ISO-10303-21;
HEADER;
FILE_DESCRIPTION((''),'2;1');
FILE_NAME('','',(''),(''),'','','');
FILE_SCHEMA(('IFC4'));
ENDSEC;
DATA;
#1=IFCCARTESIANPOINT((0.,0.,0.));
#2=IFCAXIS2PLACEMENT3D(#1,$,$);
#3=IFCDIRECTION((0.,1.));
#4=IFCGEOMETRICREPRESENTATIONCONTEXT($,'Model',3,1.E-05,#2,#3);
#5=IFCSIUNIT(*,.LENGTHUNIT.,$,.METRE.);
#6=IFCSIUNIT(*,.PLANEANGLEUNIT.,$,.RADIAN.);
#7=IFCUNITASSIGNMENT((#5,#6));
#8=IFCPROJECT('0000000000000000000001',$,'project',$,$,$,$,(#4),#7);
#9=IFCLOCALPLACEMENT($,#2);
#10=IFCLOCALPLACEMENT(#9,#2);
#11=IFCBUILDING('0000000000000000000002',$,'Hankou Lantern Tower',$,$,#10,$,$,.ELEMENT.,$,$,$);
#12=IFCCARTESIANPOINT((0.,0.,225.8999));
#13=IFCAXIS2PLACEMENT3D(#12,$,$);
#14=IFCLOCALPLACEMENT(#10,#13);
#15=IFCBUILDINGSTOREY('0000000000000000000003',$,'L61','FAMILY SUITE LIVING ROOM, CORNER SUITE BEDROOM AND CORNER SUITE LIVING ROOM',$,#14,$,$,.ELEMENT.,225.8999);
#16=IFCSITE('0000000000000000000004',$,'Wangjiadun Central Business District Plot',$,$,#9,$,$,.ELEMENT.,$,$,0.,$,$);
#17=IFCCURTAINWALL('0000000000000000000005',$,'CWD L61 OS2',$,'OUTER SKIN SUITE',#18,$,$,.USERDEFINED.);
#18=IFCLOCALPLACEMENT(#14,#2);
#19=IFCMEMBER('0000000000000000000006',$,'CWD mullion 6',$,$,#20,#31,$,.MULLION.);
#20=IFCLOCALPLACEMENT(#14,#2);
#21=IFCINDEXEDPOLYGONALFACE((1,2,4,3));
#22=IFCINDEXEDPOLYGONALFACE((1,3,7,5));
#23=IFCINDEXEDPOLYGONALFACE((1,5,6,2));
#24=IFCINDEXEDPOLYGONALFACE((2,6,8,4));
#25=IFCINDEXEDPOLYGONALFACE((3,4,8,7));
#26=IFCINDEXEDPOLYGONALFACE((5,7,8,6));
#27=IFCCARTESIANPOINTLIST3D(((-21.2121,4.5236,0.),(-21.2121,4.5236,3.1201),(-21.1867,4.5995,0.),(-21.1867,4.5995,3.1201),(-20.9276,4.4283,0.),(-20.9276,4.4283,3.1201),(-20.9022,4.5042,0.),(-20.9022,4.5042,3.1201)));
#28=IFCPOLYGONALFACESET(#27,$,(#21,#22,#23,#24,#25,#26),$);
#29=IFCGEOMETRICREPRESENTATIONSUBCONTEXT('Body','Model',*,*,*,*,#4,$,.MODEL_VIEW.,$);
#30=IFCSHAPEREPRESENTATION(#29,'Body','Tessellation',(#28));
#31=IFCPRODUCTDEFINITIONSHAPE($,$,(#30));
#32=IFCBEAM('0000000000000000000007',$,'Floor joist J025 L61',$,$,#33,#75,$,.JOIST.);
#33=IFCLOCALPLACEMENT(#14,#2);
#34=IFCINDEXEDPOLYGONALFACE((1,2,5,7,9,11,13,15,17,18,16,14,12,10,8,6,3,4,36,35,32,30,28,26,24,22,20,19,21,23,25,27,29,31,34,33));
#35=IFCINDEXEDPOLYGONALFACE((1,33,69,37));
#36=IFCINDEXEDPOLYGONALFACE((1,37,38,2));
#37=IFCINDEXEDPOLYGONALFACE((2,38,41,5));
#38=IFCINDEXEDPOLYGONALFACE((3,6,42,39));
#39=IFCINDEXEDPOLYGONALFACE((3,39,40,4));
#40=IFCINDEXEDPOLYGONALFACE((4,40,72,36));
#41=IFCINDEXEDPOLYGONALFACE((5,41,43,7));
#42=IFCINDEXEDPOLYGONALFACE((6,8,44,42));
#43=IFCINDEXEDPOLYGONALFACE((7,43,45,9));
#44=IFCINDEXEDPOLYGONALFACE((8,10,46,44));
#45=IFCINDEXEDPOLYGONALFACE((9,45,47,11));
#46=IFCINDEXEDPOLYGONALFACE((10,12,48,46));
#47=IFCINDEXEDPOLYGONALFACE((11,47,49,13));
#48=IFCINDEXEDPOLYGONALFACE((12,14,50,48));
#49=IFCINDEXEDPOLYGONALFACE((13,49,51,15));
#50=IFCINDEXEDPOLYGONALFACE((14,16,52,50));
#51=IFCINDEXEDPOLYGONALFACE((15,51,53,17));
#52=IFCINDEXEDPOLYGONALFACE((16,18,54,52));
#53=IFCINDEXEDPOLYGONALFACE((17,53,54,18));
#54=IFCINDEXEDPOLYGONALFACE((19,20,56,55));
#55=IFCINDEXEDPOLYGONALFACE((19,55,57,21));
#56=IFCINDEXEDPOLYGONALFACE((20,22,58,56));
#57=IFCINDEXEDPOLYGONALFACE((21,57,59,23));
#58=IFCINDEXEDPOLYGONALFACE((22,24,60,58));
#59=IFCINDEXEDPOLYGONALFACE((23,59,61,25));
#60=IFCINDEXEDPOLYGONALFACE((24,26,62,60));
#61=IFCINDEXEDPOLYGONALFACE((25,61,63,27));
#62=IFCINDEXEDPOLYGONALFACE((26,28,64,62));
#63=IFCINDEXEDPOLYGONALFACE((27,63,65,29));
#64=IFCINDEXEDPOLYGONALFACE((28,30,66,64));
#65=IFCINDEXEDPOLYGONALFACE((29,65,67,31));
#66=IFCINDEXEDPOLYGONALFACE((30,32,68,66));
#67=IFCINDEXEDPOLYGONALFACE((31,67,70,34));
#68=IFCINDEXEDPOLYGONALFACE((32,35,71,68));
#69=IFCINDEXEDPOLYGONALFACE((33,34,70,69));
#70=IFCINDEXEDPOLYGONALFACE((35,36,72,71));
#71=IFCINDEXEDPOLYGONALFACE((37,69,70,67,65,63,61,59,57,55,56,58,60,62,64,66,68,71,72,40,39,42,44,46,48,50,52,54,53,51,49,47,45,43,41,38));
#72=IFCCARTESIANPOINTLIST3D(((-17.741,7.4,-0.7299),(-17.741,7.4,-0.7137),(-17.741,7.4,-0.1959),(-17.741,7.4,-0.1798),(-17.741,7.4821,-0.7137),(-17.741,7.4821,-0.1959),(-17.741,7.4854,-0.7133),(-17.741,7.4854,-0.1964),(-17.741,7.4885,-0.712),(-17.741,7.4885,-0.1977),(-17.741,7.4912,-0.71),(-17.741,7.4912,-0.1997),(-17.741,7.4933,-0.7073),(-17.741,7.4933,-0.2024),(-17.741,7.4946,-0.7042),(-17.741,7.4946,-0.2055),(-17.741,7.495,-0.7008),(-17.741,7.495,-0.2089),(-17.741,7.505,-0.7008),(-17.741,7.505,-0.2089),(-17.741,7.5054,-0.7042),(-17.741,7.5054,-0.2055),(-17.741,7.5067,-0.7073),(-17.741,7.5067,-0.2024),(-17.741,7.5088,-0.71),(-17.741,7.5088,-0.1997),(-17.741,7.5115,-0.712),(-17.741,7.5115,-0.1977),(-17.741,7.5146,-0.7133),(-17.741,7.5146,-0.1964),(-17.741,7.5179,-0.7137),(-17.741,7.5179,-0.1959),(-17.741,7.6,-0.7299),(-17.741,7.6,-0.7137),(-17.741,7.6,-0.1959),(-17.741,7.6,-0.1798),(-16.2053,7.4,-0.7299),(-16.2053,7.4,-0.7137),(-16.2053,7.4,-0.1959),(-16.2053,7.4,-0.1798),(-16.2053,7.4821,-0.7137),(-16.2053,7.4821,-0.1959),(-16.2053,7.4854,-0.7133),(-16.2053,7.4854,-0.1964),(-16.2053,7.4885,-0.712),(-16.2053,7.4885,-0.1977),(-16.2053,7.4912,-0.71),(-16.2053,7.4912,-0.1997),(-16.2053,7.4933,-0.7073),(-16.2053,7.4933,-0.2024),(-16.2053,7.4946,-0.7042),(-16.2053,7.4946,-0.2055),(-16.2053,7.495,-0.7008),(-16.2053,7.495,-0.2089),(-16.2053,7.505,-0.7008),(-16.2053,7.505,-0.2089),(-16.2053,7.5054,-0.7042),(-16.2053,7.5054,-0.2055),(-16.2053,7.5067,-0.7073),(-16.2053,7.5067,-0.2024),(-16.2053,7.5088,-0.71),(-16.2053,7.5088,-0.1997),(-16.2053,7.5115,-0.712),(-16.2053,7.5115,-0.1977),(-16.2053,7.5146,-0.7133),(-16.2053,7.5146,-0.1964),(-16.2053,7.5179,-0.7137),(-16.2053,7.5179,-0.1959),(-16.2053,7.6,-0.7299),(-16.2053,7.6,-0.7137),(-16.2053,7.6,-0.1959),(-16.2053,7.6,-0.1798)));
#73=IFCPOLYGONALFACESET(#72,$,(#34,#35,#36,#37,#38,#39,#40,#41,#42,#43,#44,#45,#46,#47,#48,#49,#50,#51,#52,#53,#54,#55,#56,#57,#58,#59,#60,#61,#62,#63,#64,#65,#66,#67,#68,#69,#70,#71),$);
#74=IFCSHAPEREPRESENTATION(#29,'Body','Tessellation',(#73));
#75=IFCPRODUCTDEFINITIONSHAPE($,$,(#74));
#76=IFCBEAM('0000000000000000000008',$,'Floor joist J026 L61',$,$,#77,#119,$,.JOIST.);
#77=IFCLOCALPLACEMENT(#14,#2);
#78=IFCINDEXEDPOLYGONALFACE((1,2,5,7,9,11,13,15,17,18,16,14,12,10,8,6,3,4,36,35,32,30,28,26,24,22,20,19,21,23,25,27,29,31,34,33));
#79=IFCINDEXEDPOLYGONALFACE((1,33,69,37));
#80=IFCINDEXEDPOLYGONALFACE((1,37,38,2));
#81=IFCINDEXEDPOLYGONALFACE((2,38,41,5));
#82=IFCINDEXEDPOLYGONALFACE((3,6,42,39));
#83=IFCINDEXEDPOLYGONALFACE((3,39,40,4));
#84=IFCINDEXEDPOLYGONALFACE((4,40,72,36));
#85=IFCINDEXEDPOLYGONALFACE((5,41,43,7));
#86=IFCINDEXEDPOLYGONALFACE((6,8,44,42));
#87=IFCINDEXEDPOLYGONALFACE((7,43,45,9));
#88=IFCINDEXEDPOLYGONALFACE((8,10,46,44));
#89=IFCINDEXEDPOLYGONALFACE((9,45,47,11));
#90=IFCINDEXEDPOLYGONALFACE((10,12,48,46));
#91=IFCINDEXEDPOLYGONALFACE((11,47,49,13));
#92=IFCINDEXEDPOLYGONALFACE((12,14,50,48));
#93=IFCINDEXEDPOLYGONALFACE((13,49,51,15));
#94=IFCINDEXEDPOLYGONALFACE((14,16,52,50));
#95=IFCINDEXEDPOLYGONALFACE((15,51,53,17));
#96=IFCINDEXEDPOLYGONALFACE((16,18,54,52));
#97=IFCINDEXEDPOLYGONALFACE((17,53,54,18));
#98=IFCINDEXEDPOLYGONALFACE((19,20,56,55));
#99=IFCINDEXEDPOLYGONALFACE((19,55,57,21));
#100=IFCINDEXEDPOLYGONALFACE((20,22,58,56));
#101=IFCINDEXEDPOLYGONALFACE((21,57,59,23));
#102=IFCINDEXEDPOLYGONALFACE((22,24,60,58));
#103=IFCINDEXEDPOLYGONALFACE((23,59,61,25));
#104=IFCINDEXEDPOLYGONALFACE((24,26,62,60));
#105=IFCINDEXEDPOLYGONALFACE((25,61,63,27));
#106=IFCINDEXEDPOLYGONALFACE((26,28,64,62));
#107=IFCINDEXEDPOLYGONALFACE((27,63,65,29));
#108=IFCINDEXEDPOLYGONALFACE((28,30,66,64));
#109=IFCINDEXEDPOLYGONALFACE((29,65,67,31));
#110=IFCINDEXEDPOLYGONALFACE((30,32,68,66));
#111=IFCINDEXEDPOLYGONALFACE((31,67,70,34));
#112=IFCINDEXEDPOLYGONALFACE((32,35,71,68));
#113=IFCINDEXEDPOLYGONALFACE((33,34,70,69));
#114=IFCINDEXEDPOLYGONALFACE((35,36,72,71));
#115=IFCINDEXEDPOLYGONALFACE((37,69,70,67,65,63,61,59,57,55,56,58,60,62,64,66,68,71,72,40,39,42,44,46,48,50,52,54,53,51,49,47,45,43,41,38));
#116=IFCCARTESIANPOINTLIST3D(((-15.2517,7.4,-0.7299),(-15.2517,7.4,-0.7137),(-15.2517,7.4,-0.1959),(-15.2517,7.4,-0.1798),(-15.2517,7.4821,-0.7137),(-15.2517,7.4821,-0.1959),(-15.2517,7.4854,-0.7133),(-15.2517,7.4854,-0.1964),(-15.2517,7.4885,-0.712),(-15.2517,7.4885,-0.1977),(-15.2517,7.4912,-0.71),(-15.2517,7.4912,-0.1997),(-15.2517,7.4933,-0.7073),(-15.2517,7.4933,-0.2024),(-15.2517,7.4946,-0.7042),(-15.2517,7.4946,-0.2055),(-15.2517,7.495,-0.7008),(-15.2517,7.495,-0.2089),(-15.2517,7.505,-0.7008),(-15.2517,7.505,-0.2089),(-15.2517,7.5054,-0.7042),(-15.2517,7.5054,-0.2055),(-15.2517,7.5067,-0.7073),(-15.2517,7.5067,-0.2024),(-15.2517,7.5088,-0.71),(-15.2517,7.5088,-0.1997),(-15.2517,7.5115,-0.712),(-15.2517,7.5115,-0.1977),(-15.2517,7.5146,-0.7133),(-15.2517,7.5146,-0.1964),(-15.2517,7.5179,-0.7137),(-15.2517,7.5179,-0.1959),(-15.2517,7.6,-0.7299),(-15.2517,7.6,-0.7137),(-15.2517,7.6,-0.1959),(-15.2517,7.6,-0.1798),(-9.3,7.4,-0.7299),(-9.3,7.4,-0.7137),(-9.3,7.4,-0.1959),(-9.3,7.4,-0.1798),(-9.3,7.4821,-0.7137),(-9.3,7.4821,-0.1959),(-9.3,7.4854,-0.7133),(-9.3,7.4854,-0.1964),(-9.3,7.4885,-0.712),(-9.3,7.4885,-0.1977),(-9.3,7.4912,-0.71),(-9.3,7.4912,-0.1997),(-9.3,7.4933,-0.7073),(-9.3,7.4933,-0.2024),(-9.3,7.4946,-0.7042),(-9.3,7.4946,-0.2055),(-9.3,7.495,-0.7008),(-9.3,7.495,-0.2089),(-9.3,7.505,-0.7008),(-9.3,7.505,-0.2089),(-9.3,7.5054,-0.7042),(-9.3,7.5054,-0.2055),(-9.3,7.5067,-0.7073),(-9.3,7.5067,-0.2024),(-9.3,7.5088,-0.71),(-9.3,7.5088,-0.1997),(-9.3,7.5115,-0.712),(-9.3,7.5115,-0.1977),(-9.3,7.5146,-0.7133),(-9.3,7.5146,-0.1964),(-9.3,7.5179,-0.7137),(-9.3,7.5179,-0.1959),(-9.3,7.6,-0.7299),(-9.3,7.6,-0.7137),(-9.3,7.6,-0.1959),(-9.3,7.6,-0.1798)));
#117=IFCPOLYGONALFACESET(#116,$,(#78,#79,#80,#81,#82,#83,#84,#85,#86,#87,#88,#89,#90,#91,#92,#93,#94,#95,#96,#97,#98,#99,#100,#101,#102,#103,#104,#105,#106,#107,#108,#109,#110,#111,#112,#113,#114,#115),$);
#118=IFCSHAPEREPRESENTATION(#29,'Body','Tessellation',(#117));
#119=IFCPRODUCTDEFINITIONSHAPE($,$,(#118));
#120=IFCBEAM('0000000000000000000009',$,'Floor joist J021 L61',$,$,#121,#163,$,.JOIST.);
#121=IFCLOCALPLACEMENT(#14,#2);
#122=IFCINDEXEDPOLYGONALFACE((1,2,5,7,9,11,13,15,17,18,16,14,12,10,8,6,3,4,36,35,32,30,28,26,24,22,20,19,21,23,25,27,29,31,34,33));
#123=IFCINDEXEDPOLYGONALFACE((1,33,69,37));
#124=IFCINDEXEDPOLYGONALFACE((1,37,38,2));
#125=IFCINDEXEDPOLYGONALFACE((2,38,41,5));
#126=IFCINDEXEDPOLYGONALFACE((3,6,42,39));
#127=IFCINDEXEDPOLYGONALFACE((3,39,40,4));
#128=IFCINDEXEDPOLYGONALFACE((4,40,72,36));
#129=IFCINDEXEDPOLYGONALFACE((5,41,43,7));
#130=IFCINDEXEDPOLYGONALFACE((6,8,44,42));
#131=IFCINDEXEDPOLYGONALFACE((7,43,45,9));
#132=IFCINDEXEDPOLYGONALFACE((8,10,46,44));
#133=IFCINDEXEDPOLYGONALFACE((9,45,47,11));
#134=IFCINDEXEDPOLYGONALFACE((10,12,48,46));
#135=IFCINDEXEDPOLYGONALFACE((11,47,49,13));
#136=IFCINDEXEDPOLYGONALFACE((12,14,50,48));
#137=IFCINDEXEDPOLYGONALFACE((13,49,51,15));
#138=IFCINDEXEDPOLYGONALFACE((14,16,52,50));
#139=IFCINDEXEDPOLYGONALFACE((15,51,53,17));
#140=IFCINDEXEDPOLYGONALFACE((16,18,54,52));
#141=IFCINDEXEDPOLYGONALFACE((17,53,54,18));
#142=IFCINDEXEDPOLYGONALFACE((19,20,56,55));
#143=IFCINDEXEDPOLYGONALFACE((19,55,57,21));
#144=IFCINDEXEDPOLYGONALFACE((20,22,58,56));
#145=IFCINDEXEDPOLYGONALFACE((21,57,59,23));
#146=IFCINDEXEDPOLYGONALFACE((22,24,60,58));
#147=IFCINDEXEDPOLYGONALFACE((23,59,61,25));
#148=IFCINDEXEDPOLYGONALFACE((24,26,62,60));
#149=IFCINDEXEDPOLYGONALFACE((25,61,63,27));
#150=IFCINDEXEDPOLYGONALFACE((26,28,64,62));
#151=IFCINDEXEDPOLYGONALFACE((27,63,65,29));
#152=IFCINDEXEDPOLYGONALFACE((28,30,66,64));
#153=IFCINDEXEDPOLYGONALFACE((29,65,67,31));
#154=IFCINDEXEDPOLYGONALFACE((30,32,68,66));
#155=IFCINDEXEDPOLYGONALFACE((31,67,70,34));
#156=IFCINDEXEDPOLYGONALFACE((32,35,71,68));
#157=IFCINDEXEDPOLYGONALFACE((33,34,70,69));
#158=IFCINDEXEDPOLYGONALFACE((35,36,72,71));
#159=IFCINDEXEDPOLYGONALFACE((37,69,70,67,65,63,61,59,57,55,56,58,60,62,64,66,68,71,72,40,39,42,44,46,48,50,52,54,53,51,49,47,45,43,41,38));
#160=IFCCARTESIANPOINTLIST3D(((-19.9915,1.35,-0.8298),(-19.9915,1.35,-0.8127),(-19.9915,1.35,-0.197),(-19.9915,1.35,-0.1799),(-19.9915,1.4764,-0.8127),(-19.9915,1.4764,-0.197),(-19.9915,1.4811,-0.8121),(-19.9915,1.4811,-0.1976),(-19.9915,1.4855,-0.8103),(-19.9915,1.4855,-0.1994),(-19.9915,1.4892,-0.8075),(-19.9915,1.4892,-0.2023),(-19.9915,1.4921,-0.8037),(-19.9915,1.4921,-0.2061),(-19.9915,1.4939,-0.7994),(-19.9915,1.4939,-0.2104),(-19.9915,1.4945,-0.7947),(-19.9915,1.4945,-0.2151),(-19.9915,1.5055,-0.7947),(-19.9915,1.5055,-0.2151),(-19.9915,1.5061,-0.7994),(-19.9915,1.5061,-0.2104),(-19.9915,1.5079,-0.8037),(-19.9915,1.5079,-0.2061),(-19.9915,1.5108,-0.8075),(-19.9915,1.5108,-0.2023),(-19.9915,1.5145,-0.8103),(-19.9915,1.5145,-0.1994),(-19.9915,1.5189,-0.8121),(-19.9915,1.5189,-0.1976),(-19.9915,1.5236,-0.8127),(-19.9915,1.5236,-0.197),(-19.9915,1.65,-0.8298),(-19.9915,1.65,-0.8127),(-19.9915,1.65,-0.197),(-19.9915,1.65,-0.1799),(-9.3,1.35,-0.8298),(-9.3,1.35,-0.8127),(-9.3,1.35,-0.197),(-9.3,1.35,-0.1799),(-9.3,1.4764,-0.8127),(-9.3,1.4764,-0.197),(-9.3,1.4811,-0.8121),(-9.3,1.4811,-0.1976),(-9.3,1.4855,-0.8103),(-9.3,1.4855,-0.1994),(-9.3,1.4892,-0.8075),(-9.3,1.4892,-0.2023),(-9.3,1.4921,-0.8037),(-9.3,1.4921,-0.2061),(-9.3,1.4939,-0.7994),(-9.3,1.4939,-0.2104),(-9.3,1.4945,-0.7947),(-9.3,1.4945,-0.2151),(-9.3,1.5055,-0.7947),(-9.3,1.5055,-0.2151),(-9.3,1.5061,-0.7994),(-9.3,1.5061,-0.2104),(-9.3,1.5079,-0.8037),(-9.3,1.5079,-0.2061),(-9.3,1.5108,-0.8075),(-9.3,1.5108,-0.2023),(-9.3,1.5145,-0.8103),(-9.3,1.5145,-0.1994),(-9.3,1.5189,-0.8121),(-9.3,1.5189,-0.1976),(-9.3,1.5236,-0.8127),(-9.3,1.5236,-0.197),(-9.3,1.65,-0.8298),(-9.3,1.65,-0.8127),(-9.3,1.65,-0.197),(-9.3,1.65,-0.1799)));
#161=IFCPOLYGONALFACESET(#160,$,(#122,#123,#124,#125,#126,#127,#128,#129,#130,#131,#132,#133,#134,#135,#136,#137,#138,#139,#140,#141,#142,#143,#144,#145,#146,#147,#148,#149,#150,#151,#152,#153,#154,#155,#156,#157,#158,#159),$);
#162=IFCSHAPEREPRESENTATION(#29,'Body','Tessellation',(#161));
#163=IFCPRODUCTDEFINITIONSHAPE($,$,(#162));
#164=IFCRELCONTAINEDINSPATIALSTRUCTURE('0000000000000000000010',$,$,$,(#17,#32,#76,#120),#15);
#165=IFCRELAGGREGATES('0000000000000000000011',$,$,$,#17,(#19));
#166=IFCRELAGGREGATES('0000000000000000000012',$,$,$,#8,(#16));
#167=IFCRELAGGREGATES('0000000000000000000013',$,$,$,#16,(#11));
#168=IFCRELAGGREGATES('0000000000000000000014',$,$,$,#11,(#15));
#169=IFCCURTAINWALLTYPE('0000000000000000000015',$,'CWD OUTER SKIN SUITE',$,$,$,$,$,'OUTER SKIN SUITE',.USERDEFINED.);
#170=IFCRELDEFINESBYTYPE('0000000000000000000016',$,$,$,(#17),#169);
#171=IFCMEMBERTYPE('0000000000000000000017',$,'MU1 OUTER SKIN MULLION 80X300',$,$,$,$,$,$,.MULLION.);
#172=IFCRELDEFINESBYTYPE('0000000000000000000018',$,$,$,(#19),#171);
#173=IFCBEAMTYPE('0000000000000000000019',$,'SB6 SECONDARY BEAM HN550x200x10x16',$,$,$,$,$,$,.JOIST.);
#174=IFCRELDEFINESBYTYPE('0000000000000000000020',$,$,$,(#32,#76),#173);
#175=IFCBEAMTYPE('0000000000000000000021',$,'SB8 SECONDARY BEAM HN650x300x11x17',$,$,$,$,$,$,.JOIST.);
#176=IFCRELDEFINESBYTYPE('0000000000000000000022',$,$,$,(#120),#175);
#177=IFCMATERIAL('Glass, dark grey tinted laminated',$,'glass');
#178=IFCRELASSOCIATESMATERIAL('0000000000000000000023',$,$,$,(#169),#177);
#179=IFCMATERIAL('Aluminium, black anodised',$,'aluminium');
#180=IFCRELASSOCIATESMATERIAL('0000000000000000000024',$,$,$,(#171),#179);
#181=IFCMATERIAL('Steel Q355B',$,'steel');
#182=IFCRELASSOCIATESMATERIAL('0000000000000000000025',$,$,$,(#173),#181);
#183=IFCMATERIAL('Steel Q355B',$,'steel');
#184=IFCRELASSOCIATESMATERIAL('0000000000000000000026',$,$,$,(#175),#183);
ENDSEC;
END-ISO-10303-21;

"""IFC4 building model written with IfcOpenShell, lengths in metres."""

from ifc_helpers import new_model, si_unit, direction, frame, origin, origin_2d, place, context, subcontext, project, spatial, rectangle, i_section, extrude, material, material_profile, profile_set, type_object, element, aggregate, save


model = new_model("IFC4")

# Units and contexts
model_context = context("Model", 3, precision=1e-05, world=origin(), true_north=direction((0.0, 1.0)))
body_context = subcontext(model_context, "Body", "Model", "MODEL_VIEW")
ifc_project = project(units=[si_unit("LENGTHUNIT", "METRE"), si_unit("PLANEANGLEUNIT", "RADIAN")], contexts=[model_context])

# Site, building, storey
site_placement = place(None, origin())
site = spatial("IfcSite", under=ifc_project, at=site_placement, Name="Wangjiadun Central Business District Plot", CompositionType="ELEMENT", RefElevation=0.0)
building_placement = place(site_placement, origin())
building = spatial("IfcBuilding", under=site, at=building_placement, Name="Hankou Lantern Tower", CompositionType="ELEMENT")
storey_placement = place(building_placement, frame((0.0, 0.0, 225.8999)))
storey = spatial("IfcBuildingStorey", under=building, at=storey_placement, Name="L61", Description="FAMILY SUITE LIVING ROOM, CORNER SUITE BEDROOM AND CORNER SUITE LIVING ROOM", CompositionType="ELEMENT", Elevation=225.8999)

# Curtain wall, member
ifc_material_1 = material(Name="Glass, dark grey tinted laminated", Category="glass")
curtain_wall_type = type_object("IfcCurtainWallType", Name="CWD OUTER SKIN SUITE", ElementType="OUTER SKIN SUITE", PredefinedType="USERDEFINED", material=ifc_material_1)
curtain_wall_placement = place(storey_placement, origin())
curtain_wall = element("IfcCurtainWall", 1, at=curtain_wall_placement, inside=storey, type_object=curtain_wall_type, Name="CWD L61 OS2", ObjectType="OUTER SKIN SUITE", PredefinedType="USERDEFINED")
ifc_material_2 = material(Name="Aluminium, black anodised", Category="aluminium")
ifc_material_profile_1 = material_profile(ifc_material_2, rectangle(XDim=0.0801, YDim=0.3, at=origin_2d()), Name="MU1 80X300")
ifc_profile_set_1 = profile_set([ifc_material_profile_1], Name="Aluminium, black anodised")
member_type_1 = type_object("IfcMemberType", Name="MU1 OUTER SKIN MULLION 80X300", PredefinedType="MULLION", material=ifc_profile_set_1)
member_1_placement = place(storey_placement, frame((-21.0571, 4.5139, 0.0), z_axis=(0.0, 0.0, 1.0), x_axis=(-0.317596, -0.948226, 0.0)))
member_1 = element("IfcMember", 2, at=member_1_placement, type_object=member_type_1, Name="CWD mullion 6", PredefinedType="MULLION", context=body_context, shape_type="SweptSolid", body=[
    extrude(rectangle(XDim=0.0801, YDim=0.3, at=origin_2d()), origin(), (0.0, 0.0, 1.0), 3.1201),
])

# Beams
ifc_material_3 = material(Name="Steel Q355B", Category="steel")
ifc_material_profile_2 = material_profile(ifc_material_3, i_section(OverallWidth=0.2, OverallDepth=0.55, WebThickness=0.01, FlangeThickness=0.0161, FilletRadius=0.0129, at=origin_2d()), Name="HN550x200x10x16")
ifc_profile_set_2 = profile_set([ifc_material_profile_2], Name="Steel Q355B")
beam_type_1 = type_object("IfcBeamType", Name="SB6 SECONDARY BEAM HN550x200x10x16", PredefinedType="JOIST", material=ifc_profile_set_2)
beam_1_placement = place(storey_placement, frame((-17.741, 7.5, -0.4548), z_axis=(1.0, 0.0, 0.0), x_axis=(0.0, 1.0, 0.0)))
element("IfcBeam", 3, at=beam_1_placement, inside=storey, type_object=beam_type_1, Name="Floor joist J025 L61", PredefinedType="JOIST", context=body_context, shape_type="SweptSolid", body=[
    extrude(i_section(OverallWidth=0.2, OverallDepth=0.55, WebThickness=0.01, FlangeThickness=0.0161, FilletRadius=0.0129, at=origin_2d()), origin(), (0.0, 0.0, 1.0), 1.5356),
])
beam_2_placement = place(storey_placement, frame((-15.2517, 7.5, -0.4548), z_axis=(1.0, 0.0, 0.0), x_axis=(0.0, 1.0, 0.0)))
element("IfcBeam", 4, at=beam_2_placement, inside=storey, type_object=beam_type_1, Name="Floor joist J026 L61", PredefinedType="JOIST", context=body_context, shape_type="SweptSolid", body=[
    extrude(i_section(OverallWidth=0.2, OverallDepth=0.55, WebThickness=0.01, FlangeThickness=0.0161, FilletRadius=0.0129, at=origin_2d()), origin(), (0.0, 0.0, 1.0), 5.9517),
])
ifc_material_4 = material(Name="Steel Q355B", Category="steel")
ifc_material_profile_3 = material_profile(ifc_material_4, i_section(OverallWidth=0.3, OverallDepth=0.6499, WebThickness=0.011, FlangeThickness=0.0171, FilletRadius=0.0181, at=origin_2d()), Name="HN650x300x11x17")
ifc_profile_set_3 = profile_set([ifc_material_profile_3], Name="Steel Q355B")
beam_type_2 = type_object("IfcBeamType", Name="SB8 SECONDARY BEAM HN650x300x11x17", PredefinedType="JOIST", material=ifc_profile_set_3)
beam_3_placement = place(storey_placement, frame((-19.9915, 1.5, -0.5049), z_axis=(1.0, 0.0, 0.0), x_axis=(0.0, 1.0, 0.0)))
element("IfcBeam", 5, at=beam_3_placement, inside=storey, type_object=beam_type_2, Name="Floor joist J021 L61", PredefinedType="JOIST", context=body_context, shape_type="SweptSolid", body=[
    extrude(i_section(OverallWidth=0.3, OverallDepth=0.6499, WebThickness=0.011, FlangeThickness=0.0171, FilletRadius=0.0181, at=origin_2d()), origin(), (0.0, 0.0, 1.0), 10.6914),
])

aggregate(curtain_wall, [member_1])

save(model, "model.ifc")
